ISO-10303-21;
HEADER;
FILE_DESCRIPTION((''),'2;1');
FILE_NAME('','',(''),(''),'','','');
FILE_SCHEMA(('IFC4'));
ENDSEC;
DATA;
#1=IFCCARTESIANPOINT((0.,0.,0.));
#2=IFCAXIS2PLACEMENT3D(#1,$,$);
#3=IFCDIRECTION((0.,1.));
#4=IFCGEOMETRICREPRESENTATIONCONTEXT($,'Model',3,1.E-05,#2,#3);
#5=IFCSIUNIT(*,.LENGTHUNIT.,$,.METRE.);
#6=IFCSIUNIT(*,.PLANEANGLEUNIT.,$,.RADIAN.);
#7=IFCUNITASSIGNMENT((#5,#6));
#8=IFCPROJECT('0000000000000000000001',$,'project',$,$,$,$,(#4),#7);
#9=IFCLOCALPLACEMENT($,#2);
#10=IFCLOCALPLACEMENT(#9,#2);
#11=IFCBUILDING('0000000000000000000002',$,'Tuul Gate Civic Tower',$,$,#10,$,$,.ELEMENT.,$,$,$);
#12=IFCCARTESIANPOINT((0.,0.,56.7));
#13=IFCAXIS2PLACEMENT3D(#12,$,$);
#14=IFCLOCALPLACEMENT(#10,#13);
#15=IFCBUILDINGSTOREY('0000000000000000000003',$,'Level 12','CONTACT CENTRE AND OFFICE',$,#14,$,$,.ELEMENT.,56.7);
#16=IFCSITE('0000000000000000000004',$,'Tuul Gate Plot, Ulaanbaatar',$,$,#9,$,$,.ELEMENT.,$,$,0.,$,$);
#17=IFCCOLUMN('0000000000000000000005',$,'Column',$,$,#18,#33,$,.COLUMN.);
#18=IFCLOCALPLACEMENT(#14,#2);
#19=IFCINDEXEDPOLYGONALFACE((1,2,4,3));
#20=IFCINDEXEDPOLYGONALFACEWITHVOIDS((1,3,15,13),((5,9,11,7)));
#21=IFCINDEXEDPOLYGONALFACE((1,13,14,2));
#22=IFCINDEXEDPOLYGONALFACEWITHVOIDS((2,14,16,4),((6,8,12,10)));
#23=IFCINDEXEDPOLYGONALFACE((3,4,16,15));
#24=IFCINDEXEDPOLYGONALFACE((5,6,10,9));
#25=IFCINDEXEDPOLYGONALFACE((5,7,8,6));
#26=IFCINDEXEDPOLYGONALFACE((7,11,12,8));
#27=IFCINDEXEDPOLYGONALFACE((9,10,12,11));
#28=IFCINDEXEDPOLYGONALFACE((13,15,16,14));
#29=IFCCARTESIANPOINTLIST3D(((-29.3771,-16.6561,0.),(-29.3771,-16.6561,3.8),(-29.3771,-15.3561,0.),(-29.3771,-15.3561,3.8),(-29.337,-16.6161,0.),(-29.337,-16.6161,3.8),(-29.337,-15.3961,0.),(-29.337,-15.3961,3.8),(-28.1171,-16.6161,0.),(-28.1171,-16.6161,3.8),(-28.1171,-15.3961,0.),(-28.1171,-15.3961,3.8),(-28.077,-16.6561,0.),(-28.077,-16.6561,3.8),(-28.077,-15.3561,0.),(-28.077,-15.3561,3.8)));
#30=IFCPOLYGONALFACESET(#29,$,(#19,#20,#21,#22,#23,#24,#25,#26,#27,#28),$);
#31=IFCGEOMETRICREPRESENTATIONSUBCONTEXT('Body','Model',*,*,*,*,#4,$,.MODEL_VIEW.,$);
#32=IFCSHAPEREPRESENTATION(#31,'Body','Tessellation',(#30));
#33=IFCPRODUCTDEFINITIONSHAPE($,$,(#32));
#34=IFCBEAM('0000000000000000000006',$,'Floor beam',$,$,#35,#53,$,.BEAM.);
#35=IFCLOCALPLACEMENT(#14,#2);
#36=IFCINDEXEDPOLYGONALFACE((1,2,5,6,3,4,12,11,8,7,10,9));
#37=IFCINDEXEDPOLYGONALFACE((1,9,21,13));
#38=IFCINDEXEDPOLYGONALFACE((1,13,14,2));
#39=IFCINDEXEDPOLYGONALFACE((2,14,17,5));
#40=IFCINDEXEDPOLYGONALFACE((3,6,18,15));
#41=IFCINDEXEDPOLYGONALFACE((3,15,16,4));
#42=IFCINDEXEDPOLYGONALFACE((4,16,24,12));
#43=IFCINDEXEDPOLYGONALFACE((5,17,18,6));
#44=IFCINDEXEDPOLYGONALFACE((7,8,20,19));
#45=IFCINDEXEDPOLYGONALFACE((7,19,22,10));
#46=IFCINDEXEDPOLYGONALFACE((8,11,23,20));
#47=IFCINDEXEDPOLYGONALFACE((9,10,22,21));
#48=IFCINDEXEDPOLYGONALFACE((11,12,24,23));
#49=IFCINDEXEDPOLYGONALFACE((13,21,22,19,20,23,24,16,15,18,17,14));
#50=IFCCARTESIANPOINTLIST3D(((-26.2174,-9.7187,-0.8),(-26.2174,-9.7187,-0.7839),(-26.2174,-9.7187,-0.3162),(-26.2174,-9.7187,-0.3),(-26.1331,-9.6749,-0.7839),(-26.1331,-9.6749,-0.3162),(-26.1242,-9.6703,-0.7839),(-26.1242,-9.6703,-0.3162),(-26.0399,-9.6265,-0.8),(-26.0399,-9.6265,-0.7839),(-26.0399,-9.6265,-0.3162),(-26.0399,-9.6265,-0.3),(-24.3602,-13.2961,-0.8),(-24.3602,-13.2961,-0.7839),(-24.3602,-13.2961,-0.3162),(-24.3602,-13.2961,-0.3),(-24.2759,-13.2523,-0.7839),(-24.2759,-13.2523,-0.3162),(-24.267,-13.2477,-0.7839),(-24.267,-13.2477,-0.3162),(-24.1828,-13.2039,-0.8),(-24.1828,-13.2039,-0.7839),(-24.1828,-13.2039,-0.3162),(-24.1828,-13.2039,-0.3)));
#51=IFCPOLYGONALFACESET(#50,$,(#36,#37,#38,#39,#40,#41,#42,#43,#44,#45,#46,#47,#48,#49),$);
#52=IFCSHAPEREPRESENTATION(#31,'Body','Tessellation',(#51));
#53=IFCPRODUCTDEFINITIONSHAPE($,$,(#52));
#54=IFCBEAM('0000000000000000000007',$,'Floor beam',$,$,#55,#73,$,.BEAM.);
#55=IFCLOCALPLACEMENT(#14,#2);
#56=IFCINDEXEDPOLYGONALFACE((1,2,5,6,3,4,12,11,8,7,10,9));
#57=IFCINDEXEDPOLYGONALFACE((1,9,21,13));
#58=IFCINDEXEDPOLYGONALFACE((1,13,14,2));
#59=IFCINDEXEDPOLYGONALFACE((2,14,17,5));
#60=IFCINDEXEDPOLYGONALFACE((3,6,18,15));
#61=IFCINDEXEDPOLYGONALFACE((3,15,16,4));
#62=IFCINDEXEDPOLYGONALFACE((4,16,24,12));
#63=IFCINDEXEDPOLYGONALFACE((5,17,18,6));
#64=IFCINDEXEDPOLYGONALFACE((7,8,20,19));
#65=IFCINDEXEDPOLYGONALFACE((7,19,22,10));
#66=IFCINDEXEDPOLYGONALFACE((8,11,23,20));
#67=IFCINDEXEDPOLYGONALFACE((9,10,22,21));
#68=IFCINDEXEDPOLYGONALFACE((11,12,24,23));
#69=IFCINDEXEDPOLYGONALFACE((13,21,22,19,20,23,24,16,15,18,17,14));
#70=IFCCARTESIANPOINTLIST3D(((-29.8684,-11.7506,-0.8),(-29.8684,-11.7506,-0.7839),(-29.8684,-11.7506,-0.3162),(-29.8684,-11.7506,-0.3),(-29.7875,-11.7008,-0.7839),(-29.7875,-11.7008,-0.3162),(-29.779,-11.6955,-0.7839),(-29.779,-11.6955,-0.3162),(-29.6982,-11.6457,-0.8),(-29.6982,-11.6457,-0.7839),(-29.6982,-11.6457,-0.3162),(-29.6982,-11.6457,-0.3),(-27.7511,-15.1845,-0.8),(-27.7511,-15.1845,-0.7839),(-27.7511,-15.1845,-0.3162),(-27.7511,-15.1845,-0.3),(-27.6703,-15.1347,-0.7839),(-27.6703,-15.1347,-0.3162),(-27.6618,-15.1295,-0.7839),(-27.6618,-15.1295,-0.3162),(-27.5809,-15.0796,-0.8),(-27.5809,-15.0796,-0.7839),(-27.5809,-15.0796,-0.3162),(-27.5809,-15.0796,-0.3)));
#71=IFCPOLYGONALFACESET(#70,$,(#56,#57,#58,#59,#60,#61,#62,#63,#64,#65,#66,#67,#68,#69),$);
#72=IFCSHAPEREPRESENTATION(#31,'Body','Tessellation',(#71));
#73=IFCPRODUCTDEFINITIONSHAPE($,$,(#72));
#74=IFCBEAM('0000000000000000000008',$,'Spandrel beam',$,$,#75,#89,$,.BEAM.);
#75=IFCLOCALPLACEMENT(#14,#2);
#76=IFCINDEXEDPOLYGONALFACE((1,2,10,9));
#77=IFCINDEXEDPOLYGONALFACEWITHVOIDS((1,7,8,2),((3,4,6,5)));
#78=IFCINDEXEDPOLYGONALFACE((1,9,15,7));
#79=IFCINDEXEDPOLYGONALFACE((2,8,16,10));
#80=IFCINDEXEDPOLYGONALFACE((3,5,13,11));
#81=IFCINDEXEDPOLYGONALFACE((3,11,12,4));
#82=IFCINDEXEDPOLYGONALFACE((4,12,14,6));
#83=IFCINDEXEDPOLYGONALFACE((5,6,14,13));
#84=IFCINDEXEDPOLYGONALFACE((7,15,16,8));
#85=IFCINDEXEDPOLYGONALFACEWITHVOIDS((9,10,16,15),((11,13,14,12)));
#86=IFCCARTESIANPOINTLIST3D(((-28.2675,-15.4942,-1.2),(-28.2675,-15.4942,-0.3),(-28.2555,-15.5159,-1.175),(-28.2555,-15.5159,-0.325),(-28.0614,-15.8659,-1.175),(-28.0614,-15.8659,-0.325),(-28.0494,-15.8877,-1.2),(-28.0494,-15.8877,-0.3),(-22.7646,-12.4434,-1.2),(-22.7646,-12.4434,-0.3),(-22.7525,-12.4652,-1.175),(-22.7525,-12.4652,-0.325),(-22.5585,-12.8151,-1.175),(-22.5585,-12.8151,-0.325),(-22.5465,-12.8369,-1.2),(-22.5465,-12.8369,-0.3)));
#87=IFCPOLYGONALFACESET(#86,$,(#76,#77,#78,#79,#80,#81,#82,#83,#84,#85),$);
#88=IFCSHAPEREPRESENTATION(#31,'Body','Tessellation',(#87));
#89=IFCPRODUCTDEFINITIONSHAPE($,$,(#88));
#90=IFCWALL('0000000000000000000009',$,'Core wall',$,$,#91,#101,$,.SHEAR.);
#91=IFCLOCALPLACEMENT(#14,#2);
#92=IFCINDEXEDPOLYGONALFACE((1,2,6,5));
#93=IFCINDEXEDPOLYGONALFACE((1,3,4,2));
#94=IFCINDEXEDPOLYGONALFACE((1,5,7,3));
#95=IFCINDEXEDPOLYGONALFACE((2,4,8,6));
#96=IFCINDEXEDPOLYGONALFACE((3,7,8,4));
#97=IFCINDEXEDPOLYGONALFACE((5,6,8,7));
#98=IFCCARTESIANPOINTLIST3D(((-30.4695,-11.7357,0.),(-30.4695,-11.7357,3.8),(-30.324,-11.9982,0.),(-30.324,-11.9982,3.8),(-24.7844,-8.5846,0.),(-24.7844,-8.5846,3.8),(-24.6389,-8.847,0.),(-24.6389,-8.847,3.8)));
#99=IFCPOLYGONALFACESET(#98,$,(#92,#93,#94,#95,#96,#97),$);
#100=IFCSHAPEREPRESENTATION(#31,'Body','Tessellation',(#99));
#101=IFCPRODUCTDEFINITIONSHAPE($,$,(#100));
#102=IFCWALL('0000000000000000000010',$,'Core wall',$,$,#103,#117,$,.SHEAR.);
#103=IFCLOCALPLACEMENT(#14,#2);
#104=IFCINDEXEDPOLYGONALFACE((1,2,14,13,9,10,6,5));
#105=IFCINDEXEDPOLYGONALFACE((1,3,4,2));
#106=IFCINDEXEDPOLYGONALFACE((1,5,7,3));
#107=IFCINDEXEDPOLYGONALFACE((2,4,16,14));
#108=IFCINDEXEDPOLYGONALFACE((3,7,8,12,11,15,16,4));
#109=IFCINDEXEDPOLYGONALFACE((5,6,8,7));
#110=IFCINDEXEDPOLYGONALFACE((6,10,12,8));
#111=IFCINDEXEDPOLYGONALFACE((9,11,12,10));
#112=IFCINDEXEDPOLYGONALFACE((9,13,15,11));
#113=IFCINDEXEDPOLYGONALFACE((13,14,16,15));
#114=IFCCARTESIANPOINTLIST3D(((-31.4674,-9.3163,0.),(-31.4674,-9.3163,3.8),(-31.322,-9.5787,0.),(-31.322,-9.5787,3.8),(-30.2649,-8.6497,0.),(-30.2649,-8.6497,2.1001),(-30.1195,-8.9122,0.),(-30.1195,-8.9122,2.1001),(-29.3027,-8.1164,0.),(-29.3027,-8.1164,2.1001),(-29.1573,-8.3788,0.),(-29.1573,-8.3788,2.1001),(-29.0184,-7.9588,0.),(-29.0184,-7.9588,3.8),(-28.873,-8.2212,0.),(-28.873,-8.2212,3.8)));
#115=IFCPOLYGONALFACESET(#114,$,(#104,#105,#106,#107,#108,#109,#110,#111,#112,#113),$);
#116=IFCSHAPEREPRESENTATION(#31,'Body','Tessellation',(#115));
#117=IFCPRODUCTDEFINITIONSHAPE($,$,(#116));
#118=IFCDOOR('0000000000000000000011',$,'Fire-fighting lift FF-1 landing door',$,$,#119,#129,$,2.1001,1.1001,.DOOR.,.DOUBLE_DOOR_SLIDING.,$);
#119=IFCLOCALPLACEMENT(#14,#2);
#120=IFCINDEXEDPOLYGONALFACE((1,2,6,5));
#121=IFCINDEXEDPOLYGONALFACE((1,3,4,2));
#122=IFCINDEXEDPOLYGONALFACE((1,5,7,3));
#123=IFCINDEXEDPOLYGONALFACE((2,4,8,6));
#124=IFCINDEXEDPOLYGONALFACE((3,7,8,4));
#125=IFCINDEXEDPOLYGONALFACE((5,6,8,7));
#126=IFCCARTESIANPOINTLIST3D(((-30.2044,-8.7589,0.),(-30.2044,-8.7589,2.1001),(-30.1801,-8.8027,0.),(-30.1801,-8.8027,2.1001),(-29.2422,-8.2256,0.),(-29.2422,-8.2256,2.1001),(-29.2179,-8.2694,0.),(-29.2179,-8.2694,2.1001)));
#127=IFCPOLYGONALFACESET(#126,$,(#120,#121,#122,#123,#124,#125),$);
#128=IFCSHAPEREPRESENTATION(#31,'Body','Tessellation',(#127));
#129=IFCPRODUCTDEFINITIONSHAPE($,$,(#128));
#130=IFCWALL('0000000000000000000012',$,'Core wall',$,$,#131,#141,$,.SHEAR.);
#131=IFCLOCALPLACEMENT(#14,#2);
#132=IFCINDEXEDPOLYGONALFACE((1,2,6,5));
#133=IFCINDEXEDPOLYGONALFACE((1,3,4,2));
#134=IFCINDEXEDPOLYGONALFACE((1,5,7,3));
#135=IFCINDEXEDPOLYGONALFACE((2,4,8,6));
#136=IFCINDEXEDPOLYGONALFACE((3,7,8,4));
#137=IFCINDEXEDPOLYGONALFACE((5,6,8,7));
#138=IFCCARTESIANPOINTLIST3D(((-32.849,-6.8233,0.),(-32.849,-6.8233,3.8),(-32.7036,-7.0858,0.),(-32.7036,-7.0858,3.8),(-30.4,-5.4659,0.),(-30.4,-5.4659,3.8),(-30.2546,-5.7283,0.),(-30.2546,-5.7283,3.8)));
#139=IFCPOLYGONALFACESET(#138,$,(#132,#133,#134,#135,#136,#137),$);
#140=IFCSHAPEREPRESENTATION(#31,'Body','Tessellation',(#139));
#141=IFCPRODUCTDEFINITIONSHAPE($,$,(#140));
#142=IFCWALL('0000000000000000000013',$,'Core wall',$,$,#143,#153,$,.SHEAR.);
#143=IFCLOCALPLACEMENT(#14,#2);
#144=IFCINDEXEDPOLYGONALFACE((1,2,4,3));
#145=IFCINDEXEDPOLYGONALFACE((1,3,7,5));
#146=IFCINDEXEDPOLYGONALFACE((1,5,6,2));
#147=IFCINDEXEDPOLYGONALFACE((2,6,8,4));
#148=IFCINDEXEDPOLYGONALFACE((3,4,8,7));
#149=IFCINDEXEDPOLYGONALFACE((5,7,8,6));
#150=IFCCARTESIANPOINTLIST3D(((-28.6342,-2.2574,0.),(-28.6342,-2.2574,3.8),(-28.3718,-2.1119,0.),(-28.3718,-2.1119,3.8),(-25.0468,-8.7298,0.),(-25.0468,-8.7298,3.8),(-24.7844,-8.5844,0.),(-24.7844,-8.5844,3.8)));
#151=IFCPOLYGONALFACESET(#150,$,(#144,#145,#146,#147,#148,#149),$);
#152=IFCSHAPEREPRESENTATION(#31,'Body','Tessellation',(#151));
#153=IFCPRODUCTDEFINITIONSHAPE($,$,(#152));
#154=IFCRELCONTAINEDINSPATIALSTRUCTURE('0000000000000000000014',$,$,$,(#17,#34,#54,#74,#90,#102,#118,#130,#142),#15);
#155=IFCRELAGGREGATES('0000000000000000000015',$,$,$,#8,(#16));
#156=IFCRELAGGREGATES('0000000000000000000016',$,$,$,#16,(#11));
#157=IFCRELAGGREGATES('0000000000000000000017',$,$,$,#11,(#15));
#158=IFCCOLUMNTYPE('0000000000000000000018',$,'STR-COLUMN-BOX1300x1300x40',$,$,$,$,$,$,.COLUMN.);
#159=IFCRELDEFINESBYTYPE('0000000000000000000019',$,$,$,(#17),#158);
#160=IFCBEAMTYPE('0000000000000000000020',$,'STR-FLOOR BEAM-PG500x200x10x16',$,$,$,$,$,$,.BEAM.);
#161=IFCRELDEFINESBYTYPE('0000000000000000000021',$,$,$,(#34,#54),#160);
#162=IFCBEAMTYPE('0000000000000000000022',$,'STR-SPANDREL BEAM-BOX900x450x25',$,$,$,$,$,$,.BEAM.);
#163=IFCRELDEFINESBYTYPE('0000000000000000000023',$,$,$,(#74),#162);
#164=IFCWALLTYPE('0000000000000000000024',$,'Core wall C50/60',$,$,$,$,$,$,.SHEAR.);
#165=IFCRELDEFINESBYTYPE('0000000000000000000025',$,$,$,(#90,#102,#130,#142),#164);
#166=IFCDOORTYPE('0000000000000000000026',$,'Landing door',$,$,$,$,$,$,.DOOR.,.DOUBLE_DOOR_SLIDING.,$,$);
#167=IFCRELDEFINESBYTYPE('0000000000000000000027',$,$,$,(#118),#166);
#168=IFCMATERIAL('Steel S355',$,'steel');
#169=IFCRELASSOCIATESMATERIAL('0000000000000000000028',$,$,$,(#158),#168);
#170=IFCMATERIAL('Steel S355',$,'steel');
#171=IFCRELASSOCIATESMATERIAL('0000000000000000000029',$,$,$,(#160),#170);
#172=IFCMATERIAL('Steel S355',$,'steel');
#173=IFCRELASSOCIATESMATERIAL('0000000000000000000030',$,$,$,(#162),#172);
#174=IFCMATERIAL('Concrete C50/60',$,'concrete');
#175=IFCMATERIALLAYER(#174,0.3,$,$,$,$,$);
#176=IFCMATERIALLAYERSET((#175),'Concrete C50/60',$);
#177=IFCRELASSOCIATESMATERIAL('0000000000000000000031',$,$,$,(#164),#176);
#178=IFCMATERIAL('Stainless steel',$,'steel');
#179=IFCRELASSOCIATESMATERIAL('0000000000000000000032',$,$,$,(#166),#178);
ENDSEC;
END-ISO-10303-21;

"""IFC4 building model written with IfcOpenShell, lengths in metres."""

from ifc_helpers import new_model, si_unit, direction, frame, frame_2d, origin, origin_2d, place, context, subcontext, project, spatial, rectangle, hollow_rectangle, i_section, extrude, material, layer, layer_set, material_profile, profile_set, type_object, element, fill, save


model = new_model("IFC4")

# Units and contexts
model_context = context("Model", 3, precision=1e-05, world=origin(), true_north=direction((0.0, 1.0)))
body_context = subcontext(model_context, "Body", "Model", "MODEL_VIEW")
ifc_project = project(units=[si_unit("LENGTHUNIT", "METRE"), si_unit("PLANEANGLEUNIT", "RADIAN")], contexts=[model_context])

# Site, building, storey
site_placement = place(None, origin())
site = spatial("IfcSite", under=ifc_project, at=site_placement, Name="Tuul Gate Plot, Ulaanbaatar", CompositionType="ELEMENT", RefElevation=0.0)
building_placement = place(site_placement, origin())
building = spatial("IfcBuilding", under=site, at=building_placement, Name="Tuul Gate Civic Tower", CompositionType="ELEMENT")
storey_placement = place(building_placement, frame((0.0, 0.0, 56.7)))
storey = spatial("IfcBuildingStorey", under=building, at=storey_placement, Name="Level 12", Description="CONTACT CENTRE AND OFFICE", CompositionType="ELEMENT", Elevation=56.7)

# Column
ifc_material_1 = material(Name="Steel S355", Category="steel")
ifc_material_profile_1 = material_profile(ifc_material_1, hollow_rectangle(XDim=1.3, YDim=1.3, WallThickness=0.04, at=origin_2d()), Name="BOX1300x1300x40")
ifc_profile_set_1 = profile_set([ifc_material_profile_1], Name="Steel S355")
column_type = type_object("IfcColumnType", Name="STR-COLUMN-BOX1300x1300x40", PredefinedType="COLUMN", material=ifc_profile_set_1)
column_placement = place(storey_placement, frame((-28.7271, -16.0061, 0.0), z_axis=(0.0, 0.0, 1.0), x_axis=(1.0, 0.0, 0.0)))
element("IfcColumn", 1, at=column_placement, inside=storey, type_object=column_type, Name="Column", PredefinedType="COLUMN", context=body_context, shape_type="SweptSolid", body=[
    extrude(hollow_rectangle(XDim=1.3, YDim=1.3, WallThickness=0.04, at=origin_2d()), origin(), (0.0, 0.0, 1.0), 3.8),
])

# Beams
ifc_material_2 = material(Name="Steel S355", Category="steel")
ifc_material_profile_2 = material_profile(ifc_material_2, i_section(OverallWidth=0.2, OverallDepth=0.5, WebThickness=0.01, FlangeThickness=0.0161, at=origin_2d()), Name="PG500x200x10x16")
ifc_profile_set_2 = profile_set([ifc_material_profile_2], Name="Steel S355")
beam_type_1 = type_object("IfcBeamType", Name="STR-FLOOR BEAM-PG500x200x10x16", PredefinedType="BEAM", material=ifc_profile_set_2)
beam_1_placement = place(storey_placement, frame((-24.2715, -13.25, -0.55), z_axis=(-0.460754, 0.887528, 0.0), x_axis=(-0.887528, -0.460754, 0.0)))
element("IfcBeam", 2, at=beam_1_placement, inside=storey, type_object=beam_type_1, Name="Floor beam", PredefinedType="BEAM", context=body_context, shape_type="SweptSolid", body=[
    extrude(i_section(OverallWidth=0.2, OverallDepth=0.5, WebThickness=0.01, FlangeThickness=0.0161, at=origin_2d()), origin(), (0.0, 0.0, 1.0), 4.0308),
])
beam_2_placement = place(storey_placement, frame((-27.666, -15.1321, -0.55), z_axis=(-0.524827, 0.851209, 0.0), x_axis=(-0.851209, -0.524827, 0.0)))
element("IfcBeam", 3, at=beam_2_placement, inside=storey, type_object=beam_type_1, Name="Floor beam", PredefinedType="BEAM", context=body_context, shape_type="SweptSolid", body=[
    extrude(i_section(OverallWidth=0.2, OverallDepth=0.5, WebThickness=0.01, FlangeThickness=0.0161, at=origin_2d()), origin(), (0.0, 0.0, 1.0), 4.0342),
])
ifc_material_3 = material(Name="Steel S355", Category="steel")
ifc_material_profile_3 = material_profile(ifc_material_3, hollow_rectangle(XDim=0.45, YDim=0.8999, WallThickness=0.0249, at=origin_2d()), Name="BOX900x450x25")
ifc_profile_set_3 = profile_set([ifc_material_profile_3], Name="Steel S355")
beam_type_2 = type_object("IfcBeamType", Name="STR-SPANDREL BEAM-BOX900x450x25", PredefinedType="BEAM", material=ifc_profile_set_3)
beam_3_placement = place(storey_placement, frame((-28.1584, -15.6909, -0.75), z_axis=(0.874589, 0.484865, 0.0), x_axis=(-0.484865, 0.874589, 0.0)))
element("IfcBeam", 4, at=beam_3_placement, inside=storey, type_object=beam_type_2, Name="Spandrel beam", PredefinedType="BEAM", context=body_context, shape_type="SweptSolid", body=[
    extrude(hollow_rectangle(XDim=0.45, YDim=0.8999, WallThickness=0.0249, at=origin_2d()), origin(), (0.0, 0.0, 1.0), 6.292),
])

# Wall
ifc_material_4 = material(Name="Concrete C50/60", Category="concrete")
ifc_layer_1 = layer(ifc_material_4, 0.3)
ifc_layer_set_1 = layer_set([ifc_layer_1], Name="Concrete C50/60")
wall_type_1 = type_object("IfcWallType", Name="Core wall C50/60", PredefinedType="SHEAR", material=ifc_layer_set_1)
wall_1_placement = place(storey_placement, frame((-24.7117, -8.7158, 0.0), z_axis=(0.0, 0.0, 1.0), x_axis=(-0.87463, -0.484791, 0.0)))
element("IfcWall", 5, at=wall_1_placement, inside=storey, type_object=wall_type_1, Name="Core wall", PredefinedType="SHEAR", context=body_context, shape_type="SweptSolid", body=[
    extrude(rectangle(XDim=6.5, YDim=0.3, at=frame_2d((3.25, 0.0))), origin(), (0.0, 0.0, 1.0), 3.8),
])

# Wall, opening, door
wall_2_placement = place(storey_placement, frame((-28.9458, -8.0901, 0.0), z_axis=(0.0, 0.0, 1.0), x_axis=(-0.87463, -0.484791, 0.0)))
wall_2 = element("IfcWall", 6, at=wall_2_placement, inside=storey, type_object=wall_type_1, Name="Core wall", PredefinedType="SHEAR", context=body_context, shape_type="SweptSolid", body=[
    extrude(rectangle(XDim=2.8, YDim=0.3, at=frame_2d((1.3999, 0.0))), origin(), (0.0, 0.0, 1.0), 3.8),
])
opening_1_placement = place(wall_2_placement, frame((0.325, 0.0, 0.0)))
opening_1 = element("IfcOpeningElement", 7, at=opening_1_placement, cuts=wall_2, PredefinedType="OPENING", context=body_context, shape_type="SweptSolid", body=[
    extrude(rectangle(XDim=1.1001, YDim=2.1001, at=frame_2d((0.55, 1.05))), frame((0.0, 0.1602, 0.0), z_axis=(0.0, -1.0, 0.0), x_axis=(1.0, 0.0, 0.0)), (0.0, 0.0, 1.0), 0.3201),
])
ifc_material_5 = material(Name="Stainless steel", Category="steel")
door_type_1 = type_object("IfcDoorType", Name="Landing door", OperationType="DOUBLE_DOOR_SLIDING", PredefinedType="DOOR", material=ifc_material_5)
door_1_placement = place(opening_1_placement, origin())
door_1 = element("IfcDoor", 8, at=door_1_placement, inside=storey, type_object=door_type_1, Name="Fire-fighting lift FF-1 landing door", OperationType="DOUBLE_DOOR_SLIDING", OverallHeight=2.1001, OverallWidth=1.1001, PredefinedType="DOOR", context=body_context, shape_type="SweptSolid", body=[
    extrude(rectangle(XDim=1.1001, YDim=2.1001, at=frame_2d((0.55, 1.05))), frame((0.0, 0.0249, 0.0), z_axis=(0.0, -1.0, 0.0), x_axis=(1.0, 0.0, 0.0)), (0.0, 0.0, 1.0), 0.05),
])
fill(opening_1, door_1)

# Walls
wall_3_placement = place(storey_placement, frame((-30.3274, -5.5972, 0.0), z_axis=(0.0, 0.0, 1.0), x_axis=(-0.87463, -0.484791, 0.0)))
element("IfcWall", 9, at=wall_3_placement, inside=storey, type_object=wall_type_1, Name="Core wall", PredefinedType="SHEAR", context=body_context, shape_type="SweptSolid", body=[
    extrude(rectangle(XDim=2.8, YDim=0.3, at=frame_2d((1.3999, 0.0))), origin(), (0.0, 0.0, 1.0), 3.8),
])
wall_4_placement = place(storey_placement, frame((-24.9155, -8.6572, 0.0), z_axis=(0.0, 0.0, 1.0), x_axis=(-0.484777, 0.874638, 0.0)))
element("IfcWall", 10, at=wall_4_placement, inside=storey, type_object=wall_type_1, Name="Core wall", PredefinedType="SHEAR", context=body_context, shape_type="SweptSolid", body=[
    extrude(rectangle(XDim=7.4001, YDim=0.3, at=frame_2d((3.7002, 0.0))), origin(), (0.0, 0.0, 1.0), 3.8),
])

save(model, "model.ifc")
